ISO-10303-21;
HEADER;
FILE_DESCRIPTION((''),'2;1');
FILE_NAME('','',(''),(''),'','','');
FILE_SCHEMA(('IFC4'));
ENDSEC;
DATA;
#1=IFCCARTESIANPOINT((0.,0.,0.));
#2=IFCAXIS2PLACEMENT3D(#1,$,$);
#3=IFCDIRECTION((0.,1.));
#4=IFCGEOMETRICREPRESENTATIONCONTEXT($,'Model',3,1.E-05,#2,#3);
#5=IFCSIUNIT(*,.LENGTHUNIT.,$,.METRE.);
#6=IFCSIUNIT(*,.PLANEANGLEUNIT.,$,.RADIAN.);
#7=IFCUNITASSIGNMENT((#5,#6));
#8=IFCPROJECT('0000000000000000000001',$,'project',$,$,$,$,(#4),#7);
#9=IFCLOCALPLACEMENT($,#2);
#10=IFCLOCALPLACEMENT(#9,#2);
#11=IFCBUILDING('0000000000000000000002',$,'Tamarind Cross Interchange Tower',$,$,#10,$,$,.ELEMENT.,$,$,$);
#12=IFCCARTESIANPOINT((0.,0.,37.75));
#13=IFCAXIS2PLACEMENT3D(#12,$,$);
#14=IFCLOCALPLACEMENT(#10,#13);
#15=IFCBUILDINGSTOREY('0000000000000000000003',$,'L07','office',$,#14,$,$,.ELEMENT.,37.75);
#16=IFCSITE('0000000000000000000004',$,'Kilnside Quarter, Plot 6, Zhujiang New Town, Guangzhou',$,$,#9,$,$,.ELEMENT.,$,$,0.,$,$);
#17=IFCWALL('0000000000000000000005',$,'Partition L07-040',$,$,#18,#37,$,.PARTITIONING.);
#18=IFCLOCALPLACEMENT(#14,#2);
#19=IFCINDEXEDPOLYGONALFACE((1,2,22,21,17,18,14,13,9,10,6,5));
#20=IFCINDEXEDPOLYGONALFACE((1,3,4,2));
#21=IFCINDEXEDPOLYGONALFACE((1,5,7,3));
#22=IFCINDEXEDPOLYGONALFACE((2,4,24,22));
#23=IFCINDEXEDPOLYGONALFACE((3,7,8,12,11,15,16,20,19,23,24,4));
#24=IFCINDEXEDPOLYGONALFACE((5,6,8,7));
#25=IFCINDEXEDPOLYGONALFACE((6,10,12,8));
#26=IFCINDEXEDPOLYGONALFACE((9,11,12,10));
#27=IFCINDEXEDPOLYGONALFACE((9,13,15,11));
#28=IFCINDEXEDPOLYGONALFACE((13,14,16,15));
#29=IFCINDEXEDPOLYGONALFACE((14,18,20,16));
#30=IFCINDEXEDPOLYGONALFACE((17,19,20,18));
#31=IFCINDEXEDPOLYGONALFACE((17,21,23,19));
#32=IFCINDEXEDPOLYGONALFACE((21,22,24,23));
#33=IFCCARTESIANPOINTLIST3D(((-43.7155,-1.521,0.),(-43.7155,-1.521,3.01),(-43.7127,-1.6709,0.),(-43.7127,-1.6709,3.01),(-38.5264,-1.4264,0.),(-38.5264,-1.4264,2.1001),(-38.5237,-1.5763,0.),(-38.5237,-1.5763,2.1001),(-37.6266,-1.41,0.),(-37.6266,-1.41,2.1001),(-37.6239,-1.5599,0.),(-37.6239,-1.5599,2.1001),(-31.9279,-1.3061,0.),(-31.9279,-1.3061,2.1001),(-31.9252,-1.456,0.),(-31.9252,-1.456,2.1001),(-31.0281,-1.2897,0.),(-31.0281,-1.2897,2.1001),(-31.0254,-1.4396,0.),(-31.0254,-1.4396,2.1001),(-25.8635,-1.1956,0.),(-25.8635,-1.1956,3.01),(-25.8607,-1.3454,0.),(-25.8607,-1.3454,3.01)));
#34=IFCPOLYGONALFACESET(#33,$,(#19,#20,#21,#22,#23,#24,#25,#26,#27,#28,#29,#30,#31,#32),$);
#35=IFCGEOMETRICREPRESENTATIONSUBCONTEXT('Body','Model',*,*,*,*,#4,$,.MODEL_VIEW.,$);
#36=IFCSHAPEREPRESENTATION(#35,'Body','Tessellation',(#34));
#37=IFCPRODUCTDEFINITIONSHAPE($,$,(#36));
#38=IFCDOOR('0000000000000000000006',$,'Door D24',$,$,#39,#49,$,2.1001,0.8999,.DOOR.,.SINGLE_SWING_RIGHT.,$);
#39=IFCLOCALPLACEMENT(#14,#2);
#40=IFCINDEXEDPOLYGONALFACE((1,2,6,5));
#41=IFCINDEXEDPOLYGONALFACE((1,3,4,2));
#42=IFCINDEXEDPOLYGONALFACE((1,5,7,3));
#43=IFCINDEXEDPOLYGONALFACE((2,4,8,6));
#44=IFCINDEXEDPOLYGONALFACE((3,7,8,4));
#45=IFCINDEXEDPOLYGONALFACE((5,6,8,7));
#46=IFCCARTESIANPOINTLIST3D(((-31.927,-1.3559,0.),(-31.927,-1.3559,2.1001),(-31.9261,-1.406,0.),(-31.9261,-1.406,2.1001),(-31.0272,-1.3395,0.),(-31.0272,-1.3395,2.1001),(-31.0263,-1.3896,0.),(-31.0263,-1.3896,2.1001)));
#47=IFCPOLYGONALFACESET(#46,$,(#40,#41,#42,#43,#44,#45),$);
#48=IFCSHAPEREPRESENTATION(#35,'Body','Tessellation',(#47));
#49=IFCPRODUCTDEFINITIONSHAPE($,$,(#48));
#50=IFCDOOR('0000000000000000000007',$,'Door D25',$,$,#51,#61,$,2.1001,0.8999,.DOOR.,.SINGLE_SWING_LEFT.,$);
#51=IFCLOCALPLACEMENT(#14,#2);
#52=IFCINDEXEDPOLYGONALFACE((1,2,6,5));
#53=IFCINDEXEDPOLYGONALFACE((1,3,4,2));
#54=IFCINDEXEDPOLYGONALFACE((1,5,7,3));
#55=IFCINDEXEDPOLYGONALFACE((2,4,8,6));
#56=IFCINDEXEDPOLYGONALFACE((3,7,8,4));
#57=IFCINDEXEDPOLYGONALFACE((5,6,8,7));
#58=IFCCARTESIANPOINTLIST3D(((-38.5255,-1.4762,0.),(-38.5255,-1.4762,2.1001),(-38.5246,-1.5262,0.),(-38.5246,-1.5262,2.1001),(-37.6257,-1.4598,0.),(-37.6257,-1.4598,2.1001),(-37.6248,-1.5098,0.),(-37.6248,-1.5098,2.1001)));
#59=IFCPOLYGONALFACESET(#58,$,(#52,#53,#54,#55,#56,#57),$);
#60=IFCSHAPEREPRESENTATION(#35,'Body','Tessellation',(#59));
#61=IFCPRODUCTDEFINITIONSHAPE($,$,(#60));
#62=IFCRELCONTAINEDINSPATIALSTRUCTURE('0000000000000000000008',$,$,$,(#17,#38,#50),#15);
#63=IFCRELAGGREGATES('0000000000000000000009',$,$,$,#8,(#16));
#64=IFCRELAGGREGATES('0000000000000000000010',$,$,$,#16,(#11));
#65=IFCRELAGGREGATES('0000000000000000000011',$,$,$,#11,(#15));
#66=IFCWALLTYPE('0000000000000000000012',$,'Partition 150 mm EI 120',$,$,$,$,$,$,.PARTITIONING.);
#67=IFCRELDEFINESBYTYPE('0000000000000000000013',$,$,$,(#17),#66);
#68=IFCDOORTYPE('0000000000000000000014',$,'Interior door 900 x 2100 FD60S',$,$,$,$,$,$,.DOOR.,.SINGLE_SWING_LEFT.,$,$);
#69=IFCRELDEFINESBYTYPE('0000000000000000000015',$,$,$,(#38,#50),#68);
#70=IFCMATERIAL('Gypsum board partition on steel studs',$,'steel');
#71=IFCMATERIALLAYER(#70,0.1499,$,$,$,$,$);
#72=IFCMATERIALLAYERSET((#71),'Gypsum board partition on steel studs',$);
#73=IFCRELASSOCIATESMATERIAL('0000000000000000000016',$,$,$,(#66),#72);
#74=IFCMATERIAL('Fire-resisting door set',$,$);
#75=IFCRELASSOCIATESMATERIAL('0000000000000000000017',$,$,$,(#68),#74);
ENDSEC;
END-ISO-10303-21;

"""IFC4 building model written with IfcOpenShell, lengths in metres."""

from ifc_helpers import new_model, si_unit, direction, frame, frame_2d, origin, place, context, subcontext, project, spatial, rectangle, extrude, material, layer, layer_set, type_object, element, fill, save


model = new_model("IFC4")

# Units and contexts
model_context = context("Model", 3, precision=1e-05, world=origin(), true_north=direction((0.0, 1.0)))
body_context = subcontext(model_context, "Body", "Model", "MODEL_VIEW")
ifc_project = project(units=[si_unit("LENGTHUNIT", "METRE"), si_unit("PLANEANGLEUNIT", "RADIAN")], contexts=[model_context])

# Site, building, storey
site_placement = place(None, origin())
site = spatial("IfcSite", under=ifc_project, at=site_placement, Name="Kilnside Quarter, Plot 6, Zhujiang New Town, Guangzhou", CompositionType="ELEMENT", RefElevation=0.0)
building_placement = place(site_placement, origin())
building = spatial("IfcBuilding", under=site, at=building_placement, Name="Tamarind Cross Interchange Tower", CompositionType="ELEMENT")
storey_placement = place(building_placement, frame((0.0, 0.0, 37.75)))
storey = spatial("IfcBuildingStorey", under=building, at=storey_placement, Name="L07", Description="office", CompositionType="ELEMENT", Elevation=37.75)

# Shared definitions
ifc_material_1 = material(Name="Gypsum board partition on steel studs", Category="steel")

# Wall, openings, doors
ifc_layer_1 = layer(ifc_material_1, 0.1499)
ifc_layer_set_1 = layer_set([ifc_layer_1], Name="Gypsum board partition on steel studs")
wall_type_1 = type_object("IfcWallType", Name="Partition 150 mm EI 120", PredefinedType="PARTITIONING", material=ifc_layer_set_1)
wall_1_placement = place(storey_placement, frame((-43.7141, -1.5959, 0.0), z_axis=(0.0, 0.0, 1.0), x_axis=(0.999834, 0.018227, 0.0)))
wall_1 = element("IfcWall", 1, at=wall_1_placement, inside=storey, type_object=wall_type_1, Name="Partition L07-040", PredefinedType="PARTITIONING", context=body_context, shape_type="SweptSolid", body=[
    extrude(rectangle(XDim=17.855, YDim=0.1499, at=frame_2d((8.9275, 0.0))), origin(), (0.0, 0.0, 1.0), 3.01),
])
opening_1_placement = place(wall_1_placement, frame((11.7896, 0.0, 0.0)))
opening_1 = element("IfcOpeningElement", 2, at=opening_1_placement, cuts=wall_1, PredefinedType="OPENING", context=body_context, shape_type="SweptSolid", body=[
    extrude(rectangle(XDim=0.8999, YDim=2.1001, at=frame_2d((0.45, 1.05))), frame((0.0, 0.085, 0.0), z_axis=(0.0, -1.0, 0.0), x_axis=(1.0, 0.0, 0.0)), (0.0, 0.0, 1.0), 0.1699),
])
opening_2_placement = place(wall_1_placement, frame((5.1899, 0.0, 0.0)))
opening_2 = element("IfcOpeningElement", 3, at=opening_2_placement, cuts=wall_1, PredefinedType="OPENING", context=body_context, shape_type="SweptSolid", body=[
    extrude(rectangle(XDim=0.8999, YDim=2.1001, at=frame_2d((0.45, 1.05))), frame((0.0, 0.085, 0.0), z_axis=(0.0, -1.0, 0.0), x_axis=(1.0, 0.0, 0.0)), (0.0, 0.0, 1.0), 0.1699),
])
ifc_material_2 = material(Name="Fire-resisting door set")
door_type = type_object("IfcDoorType", Name="Interior door 900 x 2100 FD60S", OperationType="SINGLE_SWING_LEFT", PredefinedType="DOOR", material=ifc_material_2)
door_1_placement = place(opening_1_placement, frame((0.8999, 0.0, 0.0), z_axis=(0.0, 0.0, 1.0), x_axis=(-1.0, 0.0, 0.0)))
door_1 = element("IfcDoor", 4, at=door_1_placement, inside=storey, type_object=door_type, Name="Door D24", OperationType="SINGLE_SWING_RIGHT", OverallHeight=2.1001, OverallWidth=0.8999, PredefinedType="DOOR", context=body_context, shape_type="SweptSolid", body=[
    extrude(rectangle(XDim=0.8999, YDim=2.1001, at=frame_2d((0.45, 1.05))), frame((0.0, 0.0249, 0.0), z_axis=(0.0, -1.0, 0.0), x_axis=(1.0, 0.0, 0.0)), (0.0, 0.0, 1.0), 0.05),
])
fill(opening_1, door_1)
door_2_placement = place(opening_2_placement, frame((0.8999, 0.0, 0.0), z_axis=(0.0, 0.0, 1.0), x_axis=(-1.0, 0.0, 0.0)))
door_2 = element("IfcDoor", 5, at=door_2_placement, inside=storey, type_object=door_type, Name="Door D25", OperationType="SINGLE_SWING_LEFT", OverallHeight=2.1001, OverallWidth=0.8999, PredefinedType="DOOR", context=body_context, shape_type="SweptSolid", body=[
    extrude(rectangle(XDim=0.8999, YDim=2.1001, at=frame_2d((0.45, 1.05))), frame((0.0, 0.0249, 0.0), z_axis=(0.0, -1.0, 0.0), x_axis=(1.0, 0.0, 0.0)), (0.0, 0.0, 1.0), 0.05),
])
fill(opening_2, door_2)

save(model, "model.ifc")
